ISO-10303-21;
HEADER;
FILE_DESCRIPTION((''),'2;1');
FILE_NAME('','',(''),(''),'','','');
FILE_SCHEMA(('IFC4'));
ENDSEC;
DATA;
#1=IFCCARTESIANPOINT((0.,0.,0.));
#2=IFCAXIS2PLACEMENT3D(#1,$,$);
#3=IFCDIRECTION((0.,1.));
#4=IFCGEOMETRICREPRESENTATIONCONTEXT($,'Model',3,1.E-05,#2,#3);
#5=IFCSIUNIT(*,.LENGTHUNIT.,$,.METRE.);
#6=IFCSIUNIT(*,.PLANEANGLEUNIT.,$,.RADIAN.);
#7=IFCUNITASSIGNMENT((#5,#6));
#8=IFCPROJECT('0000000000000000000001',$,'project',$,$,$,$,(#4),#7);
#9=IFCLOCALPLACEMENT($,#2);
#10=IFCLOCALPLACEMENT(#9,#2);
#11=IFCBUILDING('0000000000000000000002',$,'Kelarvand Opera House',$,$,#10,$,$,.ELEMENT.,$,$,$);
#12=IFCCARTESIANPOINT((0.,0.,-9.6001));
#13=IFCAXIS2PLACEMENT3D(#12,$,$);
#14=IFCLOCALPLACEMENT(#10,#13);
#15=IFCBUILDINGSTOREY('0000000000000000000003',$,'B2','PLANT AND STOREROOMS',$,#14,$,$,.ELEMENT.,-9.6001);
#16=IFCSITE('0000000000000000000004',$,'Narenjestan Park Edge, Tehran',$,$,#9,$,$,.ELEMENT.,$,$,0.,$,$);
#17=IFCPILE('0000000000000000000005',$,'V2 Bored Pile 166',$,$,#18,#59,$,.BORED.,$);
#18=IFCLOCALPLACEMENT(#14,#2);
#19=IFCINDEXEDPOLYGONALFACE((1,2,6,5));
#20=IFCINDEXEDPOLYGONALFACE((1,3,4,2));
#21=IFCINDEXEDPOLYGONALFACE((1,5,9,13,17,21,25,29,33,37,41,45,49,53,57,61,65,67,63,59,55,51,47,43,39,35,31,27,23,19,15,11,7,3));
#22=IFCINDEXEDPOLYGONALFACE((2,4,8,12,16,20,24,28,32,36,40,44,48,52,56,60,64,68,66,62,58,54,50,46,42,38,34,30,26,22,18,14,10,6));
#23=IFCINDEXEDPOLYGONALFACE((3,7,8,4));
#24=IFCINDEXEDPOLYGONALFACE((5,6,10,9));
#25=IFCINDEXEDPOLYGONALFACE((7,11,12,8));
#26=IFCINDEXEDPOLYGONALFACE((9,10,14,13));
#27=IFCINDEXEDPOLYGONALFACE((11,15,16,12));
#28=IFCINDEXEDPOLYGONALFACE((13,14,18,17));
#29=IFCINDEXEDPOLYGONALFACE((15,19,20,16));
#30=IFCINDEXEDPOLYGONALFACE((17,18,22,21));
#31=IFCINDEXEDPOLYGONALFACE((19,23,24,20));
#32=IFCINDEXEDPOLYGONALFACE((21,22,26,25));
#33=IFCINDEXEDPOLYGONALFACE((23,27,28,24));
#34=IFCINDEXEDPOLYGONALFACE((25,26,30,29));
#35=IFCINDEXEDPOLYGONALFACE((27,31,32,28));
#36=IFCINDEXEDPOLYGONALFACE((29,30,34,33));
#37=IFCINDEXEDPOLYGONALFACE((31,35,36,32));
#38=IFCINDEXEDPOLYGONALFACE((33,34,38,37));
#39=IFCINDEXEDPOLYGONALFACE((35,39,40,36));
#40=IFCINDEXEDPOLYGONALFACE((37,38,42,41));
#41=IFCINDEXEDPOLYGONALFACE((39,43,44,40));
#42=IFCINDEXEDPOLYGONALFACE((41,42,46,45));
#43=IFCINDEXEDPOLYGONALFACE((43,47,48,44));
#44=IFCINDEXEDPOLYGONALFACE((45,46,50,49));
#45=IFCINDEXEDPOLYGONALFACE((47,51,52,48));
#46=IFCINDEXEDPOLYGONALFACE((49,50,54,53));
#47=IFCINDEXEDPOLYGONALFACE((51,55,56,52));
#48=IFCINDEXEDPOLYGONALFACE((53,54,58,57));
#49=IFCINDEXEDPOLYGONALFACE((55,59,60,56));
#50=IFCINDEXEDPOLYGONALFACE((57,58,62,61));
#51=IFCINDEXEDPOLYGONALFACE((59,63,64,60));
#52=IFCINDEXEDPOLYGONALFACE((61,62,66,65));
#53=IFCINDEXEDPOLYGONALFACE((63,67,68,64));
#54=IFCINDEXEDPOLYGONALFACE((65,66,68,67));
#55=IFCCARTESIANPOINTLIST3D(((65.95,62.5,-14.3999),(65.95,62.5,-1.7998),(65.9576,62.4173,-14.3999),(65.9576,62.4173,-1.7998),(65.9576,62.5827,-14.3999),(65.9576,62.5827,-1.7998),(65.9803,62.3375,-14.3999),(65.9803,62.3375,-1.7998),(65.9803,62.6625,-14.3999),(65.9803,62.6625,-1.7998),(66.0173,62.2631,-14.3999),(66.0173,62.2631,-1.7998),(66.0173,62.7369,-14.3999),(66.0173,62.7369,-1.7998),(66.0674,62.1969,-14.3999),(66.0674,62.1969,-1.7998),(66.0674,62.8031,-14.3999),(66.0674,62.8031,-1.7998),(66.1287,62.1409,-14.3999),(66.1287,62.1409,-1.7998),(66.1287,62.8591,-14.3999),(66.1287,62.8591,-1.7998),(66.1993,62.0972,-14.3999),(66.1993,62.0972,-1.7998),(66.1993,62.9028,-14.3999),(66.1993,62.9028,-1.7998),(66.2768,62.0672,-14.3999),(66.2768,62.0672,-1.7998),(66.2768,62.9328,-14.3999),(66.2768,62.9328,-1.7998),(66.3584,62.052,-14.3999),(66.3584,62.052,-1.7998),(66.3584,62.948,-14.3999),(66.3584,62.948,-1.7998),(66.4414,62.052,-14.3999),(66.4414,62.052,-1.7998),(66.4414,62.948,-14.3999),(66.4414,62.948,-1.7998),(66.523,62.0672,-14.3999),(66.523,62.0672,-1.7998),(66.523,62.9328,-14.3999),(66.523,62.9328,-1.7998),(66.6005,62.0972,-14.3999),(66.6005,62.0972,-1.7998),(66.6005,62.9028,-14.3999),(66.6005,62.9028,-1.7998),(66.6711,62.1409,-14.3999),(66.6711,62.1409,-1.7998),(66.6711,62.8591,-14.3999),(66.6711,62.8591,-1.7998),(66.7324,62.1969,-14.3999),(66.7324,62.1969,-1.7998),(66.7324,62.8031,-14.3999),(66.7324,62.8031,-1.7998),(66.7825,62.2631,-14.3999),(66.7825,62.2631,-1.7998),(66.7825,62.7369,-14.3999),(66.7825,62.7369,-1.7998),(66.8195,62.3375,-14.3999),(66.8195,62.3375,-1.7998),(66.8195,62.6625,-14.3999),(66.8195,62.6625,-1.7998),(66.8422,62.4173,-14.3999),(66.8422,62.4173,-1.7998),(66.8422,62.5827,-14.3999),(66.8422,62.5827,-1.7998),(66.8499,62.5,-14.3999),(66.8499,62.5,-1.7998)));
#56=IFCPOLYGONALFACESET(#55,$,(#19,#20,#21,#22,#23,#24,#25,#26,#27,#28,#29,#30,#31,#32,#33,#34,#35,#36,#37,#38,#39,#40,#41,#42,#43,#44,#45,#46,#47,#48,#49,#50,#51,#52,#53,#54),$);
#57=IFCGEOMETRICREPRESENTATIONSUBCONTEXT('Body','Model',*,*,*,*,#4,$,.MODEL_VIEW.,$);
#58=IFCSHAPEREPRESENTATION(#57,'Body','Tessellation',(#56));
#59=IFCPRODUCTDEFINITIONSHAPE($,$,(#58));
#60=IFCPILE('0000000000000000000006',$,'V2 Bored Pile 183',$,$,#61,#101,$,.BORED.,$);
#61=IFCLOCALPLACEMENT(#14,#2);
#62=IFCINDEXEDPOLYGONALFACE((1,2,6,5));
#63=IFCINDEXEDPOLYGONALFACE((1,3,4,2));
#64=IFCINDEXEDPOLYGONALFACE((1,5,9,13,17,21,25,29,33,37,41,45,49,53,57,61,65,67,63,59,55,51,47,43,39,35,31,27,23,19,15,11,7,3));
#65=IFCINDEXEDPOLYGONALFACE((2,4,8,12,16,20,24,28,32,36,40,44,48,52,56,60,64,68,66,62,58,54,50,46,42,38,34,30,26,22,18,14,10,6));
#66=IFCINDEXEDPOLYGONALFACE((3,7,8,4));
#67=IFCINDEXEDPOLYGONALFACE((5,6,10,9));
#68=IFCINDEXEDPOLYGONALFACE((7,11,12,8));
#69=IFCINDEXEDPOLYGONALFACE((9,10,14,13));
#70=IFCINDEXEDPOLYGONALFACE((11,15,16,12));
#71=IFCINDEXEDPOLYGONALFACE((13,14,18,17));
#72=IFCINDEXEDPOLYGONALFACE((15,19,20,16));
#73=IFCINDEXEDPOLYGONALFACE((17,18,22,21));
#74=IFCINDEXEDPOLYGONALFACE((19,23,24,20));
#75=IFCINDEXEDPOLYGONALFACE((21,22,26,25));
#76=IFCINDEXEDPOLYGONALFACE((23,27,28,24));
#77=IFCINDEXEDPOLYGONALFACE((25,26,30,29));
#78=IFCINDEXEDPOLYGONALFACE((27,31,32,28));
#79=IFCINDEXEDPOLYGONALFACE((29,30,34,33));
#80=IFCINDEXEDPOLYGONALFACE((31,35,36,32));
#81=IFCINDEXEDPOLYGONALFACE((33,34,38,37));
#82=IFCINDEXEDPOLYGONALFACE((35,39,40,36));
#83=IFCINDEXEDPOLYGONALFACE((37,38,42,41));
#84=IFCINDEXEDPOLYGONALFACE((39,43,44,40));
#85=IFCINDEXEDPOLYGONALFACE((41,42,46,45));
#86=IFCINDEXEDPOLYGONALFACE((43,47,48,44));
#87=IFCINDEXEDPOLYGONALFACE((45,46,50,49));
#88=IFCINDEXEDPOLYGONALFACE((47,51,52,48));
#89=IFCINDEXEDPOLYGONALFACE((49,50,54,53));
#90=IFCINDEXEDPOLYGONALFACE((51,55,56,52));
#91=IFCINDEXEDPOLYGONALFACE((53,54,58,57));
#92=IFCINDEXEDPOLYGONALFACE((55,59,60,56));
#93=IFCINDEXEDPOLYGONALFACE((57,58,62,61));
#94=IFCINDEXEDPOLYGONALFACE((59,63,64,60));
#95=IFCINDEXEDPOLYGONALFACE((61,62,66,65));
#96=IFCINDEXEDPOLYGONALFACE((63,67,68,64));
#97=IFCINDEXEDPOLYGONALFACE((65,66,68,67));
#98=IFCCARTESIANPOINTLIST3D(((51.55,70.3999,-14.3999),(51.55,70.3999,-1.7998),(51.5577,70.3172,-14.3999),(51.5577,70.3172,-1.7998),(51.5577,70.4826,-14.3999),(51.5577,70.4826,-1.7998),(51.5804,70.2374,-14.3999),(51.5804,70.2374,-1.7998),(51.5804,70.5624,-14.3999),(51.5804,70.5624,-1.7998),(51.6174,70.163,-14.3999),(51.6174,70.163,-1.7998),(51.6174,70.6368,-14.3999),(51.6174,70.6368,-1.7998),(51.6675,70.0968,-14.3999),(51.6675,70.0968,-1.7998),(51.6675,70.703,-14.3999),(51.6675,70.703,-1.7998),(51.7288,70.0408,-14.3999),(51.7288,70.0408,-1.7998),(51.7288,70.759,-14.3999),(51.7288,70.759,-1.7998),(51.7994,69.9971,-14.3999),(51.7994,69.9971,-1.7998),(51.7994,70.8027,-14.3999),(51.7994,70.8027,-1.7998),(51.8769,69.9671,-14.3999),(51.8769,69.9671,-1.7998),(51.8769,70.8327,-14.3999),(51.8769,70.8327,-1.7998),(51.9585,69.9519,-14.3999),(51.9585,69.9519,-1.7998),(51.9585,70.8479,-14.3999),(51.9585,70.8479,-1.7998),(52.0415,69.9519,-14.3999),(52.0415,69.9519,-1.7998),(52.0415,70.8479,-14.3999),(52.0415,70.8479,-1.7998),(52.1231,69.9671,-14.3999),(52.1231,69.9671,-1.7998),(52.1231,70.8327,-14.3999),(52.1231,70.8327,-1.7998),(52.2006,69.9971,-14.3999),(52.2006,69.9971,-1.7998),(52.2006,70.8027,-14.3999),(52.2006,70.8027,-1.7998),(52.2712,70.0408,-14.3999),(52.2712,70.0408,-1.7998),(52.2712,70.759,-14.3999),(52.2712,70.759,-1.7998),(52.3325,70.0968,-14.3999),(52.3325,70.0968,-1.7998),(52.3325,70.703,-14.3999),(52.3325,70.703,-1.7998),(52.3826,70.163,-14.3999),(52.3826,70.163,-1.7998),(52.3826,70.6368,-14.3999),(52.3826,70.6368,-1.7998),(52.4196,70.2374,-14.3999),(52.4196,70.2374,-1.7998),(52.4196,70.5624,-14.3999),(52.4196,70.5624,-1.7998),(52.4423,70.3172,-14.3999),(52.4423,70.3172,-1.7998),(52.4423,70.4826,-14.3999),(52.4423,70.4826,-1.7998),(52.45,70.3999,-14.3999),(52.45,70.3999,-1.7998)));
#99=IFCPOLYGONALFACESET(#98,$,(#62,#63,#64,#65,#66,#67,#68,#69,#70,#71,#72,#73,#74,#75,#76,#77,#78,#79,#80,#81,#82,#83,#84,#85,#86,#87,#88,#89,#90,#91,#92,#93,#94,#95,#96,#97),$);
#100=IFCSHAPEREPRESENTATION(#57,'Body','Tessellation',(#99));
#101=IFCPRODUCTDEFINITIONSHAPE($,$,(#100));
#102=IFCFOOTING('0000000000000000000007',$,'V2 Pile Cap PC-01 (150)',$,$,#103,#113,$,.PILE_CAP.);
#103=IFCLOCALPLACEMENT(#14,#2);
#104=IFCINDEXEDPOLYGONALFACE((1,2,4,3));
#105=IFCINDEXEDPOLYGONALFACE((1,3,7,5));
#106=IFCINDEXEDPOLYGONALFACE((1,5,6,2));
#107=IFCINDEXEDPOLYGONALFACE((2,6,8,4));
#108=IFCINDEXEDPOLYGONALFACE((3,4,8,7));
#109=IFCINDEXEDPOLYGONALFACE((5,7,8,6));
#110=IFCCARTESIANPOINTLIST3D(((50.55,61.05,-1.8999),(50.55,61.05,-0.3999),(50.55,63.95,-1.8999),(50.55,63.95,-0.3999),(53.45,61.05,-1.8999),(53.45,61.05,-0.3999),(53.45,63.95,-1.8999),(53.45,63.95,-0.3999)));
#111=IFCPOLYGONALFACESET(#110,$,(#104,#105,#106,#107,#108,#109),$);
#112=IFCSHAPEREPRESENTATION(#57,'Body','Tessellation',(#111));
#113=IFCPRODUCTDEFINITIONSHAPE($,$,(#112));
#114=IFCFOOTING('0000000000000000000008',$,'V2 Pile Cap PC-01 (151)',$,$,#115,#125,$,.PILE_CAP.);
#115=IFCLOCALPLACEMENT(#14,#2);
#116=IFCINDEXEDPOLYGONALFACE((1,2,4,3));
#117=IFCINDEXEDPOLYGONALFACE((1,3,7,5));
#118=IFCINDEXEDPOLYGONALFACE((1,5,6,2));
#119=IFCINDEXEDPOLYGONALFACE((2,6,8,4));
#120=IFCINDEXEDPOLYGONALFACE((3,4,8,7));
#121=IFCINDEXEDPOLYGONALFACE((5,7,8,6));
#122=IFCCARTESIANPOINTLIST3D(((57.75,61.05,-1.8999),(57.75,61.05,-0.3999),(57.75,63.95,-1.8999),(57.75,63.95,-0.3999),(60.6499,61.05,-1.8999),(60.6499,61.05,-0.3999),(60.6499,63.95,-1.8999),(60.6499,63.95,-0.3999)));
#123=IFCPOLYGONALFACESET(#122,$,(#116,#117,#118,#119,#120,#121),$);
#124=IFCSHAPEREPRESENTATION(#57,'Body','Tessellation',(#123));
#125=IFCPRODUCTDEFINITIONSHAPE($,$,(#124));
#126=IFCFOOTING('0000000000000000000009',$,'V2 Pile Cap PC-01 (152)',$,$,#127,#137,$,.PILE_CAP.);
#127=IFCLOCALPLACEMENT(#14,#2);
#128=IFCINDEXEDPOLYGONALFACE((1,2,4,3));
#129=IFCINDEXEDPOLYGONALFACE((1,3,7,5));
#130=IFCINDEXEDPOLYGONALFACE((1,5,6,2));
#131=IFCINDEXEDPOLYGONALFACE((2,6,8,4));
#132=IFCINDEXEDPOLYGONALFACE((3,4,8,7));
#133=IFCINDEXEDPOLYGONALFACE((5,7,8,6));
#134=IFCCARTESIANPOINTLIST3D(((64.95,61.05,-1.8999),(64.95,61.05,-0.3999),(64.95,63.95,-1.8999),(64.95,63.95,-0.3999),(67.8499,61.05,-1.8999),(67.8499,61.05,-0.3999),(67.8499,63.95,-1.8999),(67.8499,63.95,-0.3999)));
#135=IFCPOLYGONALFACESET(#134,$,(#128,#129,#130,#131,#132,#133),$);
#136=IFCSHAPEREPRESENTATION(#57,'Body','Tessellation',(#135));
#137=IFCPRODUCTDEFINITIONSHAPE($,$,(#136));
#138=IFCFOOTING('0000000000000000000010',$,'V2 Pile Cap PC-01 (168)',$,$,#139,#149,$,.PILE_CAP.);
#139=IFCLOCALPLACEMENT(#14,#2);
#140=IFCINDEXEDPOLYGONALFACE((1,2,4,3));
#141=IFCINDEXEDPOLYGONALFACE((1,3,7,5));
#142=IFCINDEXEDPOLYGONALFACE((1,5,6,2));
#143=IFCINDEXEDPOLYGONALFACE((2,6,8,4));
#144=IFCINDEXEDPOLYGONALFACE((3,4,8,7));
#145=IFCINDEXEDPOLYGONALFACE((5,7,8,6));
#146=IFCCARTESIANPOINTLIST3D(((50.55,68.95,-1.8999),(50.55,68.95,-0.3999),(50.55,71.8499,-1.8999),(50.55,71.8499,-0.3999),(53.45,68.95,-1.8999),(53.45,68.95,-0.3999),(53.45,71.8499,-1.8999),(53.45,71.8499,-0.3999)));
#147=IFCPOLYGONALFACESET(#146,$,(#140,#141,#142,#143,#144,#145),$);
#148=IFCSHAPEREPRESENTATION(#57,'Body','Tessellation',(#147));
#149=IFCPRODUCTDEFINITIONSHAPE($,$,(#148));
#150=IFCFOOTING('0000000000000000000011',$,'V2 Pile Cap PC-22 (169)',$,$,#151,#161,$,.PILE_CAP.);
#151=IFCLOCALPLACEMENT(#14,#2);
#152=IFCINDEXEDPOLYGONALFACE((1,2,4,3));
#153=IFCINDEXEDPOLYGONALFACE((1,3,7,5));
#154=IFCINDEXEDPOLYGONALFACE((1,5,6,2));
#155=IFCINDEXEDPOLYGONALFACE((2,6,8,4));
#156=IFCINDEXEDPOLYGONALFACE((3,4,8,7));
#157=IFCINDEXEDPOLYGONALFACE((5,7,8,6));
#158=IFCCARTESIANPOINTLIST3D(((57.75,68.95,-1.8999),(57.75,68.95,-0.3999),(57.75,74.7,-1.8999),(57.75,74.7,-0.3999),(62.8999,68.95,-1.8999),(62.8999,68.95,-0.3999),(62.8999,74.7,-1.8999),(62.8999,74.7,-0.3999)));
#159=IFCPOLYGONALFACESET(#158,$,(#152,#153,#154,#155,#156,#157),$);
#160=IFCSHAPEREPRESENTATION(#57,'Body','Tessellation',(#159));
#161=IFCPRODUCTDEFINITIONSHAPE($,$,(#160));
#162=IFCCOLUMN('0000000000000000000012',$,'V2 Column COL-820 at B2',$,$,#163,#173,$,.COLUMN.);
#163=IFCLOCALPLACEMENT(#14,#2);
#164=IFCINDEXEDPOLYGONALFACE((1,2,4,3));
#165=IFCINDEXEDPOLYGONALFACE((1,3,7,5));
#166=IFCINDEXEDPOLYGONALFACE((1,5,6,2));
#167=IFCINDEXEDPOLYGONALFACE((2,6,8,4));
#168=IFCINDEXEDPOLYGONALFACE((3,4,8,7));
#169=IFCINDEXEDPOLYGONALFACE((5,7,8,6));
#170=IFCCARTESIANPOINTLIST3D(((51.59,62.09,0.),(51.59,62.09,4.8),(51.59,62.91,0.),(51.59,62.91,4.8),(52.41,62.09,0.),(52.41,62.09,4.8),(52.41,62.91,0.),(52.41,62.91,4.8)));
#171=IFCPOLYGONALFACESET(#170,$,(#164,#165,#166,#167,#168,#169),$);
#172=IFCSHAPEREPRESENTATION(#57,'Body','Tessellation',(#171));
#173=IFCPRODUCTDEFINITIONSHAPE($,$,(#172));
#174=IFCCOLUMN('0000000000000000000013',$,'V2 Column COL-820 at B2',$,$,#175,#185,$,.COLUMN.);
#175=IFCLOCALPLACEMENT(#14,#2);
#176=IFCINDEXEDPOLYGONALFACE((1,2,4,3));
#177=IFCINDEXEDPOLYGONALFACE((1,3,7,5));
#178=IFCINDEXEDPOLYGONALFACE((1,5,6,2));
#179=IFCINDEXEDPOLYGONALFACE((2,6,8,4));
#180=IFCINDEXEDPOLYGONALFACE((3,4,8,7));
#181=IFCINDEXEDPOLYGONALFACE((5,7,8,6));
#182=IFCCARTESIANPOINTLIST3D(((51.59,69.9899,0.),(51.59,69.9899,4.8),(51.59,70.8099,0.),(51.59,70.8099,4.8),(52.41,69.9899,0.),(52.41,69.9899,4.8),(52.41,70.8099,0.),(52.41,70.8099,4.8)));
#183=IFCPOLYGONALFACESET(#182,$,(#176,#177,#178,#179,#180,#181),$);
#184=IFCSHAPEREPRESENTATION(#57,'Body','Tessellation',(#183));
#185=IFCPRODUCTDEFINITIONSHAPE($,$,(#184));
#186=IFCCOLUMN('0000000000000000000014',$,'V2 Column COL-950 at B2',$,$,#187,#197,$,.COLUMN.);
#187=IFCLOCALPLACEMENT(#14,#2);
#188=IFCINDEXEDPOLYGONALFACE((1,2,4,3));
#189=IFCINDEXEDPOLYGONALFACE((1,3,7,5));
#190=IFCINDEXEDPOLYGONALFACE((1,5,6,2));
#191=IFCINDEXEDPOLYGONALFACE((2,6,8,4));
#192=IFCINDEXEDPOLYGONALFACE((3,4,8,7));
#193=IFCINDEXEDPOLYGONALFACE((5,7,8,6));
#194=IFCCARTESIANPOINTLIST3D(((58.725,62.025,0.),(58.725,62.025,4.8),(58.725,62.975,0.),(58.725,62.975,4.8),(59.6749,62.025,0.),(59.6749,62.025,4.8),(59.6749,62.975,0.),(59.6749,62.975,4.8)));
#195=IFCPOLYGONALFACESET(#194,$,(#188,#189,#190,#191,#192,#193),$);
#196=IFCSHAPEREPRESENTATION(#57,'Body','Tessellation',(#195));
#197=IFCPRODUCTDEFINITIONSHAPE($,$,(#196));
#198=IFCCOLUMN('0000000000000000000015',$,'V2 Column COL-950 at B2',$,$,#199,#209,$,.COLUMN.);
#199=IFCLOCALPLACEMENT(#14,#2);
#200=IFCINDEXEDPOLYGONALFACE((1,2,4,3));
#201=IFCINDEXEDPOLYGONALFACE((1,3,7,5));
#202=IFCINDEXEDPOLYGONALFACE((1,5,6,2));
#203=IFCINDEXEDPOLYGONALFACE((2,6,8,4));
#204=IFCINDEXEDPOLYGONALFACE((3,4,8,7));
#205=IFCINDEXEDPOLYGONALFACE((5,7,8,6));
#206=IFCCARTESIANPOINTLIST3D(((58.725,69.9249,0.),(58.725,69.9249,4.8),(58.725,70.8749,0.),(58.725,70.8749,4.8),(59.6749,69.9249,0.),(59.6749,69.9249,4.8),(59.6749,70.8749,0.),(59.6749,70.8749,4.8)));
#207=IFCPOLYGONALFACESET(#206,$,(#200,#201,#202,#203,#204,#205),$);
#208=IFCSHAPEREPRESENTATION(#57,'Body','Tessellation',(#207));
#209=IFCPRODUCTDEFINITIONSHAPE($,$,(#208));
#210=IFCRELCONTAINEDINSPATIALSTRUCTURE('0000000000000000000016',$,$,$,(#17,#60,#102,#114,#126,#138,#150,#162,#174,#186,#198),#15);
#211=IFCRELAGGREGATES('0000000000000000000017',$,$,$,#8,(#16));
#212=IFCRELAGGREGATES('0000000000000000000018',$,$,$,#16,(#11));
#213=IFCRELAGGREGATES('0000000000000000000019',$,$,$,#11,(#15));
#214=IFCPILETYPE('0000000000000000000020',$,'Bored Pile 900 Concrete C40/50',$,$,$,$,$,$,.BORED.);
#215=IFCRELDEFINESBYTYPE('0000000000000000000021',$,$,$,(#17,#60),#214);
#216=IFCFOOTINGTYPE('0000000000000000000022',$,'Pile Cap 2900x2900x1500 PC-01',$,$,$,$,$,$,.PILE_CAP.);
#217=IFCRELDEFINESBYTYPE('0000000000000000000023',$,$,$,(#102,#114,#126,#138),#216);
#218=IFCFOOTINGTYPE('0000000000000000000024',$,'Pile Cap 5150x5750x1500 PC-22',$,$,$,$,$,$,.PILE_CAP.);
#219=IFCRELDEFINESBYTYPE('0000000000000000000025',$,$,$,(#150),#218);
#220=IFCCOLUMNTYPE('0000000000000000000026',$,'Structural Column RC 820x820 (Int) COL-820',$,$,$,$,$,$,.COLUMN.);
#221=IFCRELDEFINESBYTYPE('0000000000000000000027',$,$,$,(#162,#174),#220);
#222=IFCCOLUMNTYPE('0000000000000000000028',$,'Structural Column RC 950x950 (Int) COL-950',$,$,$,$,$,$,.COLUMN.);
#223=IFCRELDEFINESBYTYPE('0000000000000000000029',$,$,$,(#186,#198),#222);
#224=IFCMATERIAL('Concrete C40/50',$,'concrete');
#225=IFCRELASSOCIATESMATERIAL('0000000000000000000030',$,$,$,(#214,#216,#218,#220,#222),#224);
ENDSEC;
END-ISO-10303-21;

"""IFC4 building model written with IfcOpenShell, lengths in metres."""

from ifc_helpers import new_model, si_unit, direction, frame, origin, origin_2d, place, context, subcontext, project, spatial, rectangle, circle, extrude, material, material_profile, profile_set, type_object, element, save


model = new_model("IFC4")

# Units and contexts
model_context = context("Model", 3, precision=1e-05, world=origin(), true_north=direction((0.0, 1.0)))
body_context = subcontext(model_context, "Body", "Model", "MODEL_VIEW")
ifc_project = project(units=[si_unit("LENGTHUNIT", "METRE"), si_unit("PLANEANGLEUNIT", "RADIAN")], contexts=[model_context])

# Site, building, storey
site_placement = place(None, origin())
site = spatial("IfcSite", under=ifc_project, at=site_placement, Name="Narenjestan Park Edge, Tehran", CompositionType="ELEMENT", RefElevation=0.0)
building_placement = place(site_placement, origin())
building = spatial("IfcBuilding", under=site, at=building_placement, Name="Kelarvand Opera House", CompositionType="ELEMENT")
storey_placement = place(building_placement, frame((0.0, 0.0, -9.6001)))
storey = spatial("IfcBuildingStorey", under=building, at=storey_placement, Name="B2", Description="PLANT AND STOREROOMS", CompositionType="ELEMENT", Elevation=-9.6001)

# Piles
ifc_material_1 = material(Name="Concrete C40/50", Category="concrete")
ifc_material_profile_1 = material_profile(ifc_material_1, circle(Radius=0.45, at=origin_2d()), Name="BP 900", Category="concrete")
ifc_profile_set_1 = profile_set([ifc_material_profile_1], Name="Concrete C40/50")
pile_type_1 = type_object("IfcPileType", Name="Bored Pile 900 Concrete C40/50", PredefinedType="BORED", material=ifc_profile_set_1)
for number, where, z_axis, x_axis, name in (
    (1, (66.3999, 62.5, -1.7998), (0.0, 0.0, -1.0), (1.0, 0.0, 0.0), "V2 Bored Pile 166"),
    (2, (52.0, 70.3999, -1.7998), (0.0, 0.0, -1.0), (1.0, 0.0, 0.0), "V2 Bored Pile 183"),
):
    element("IfcPile", number, at=place(storey_placement, frame(where, z_axis=z_axis, x_axis=x_axis)), inside=storey, type_object=pile_type_1, Name=name, PredefinedType="BORED", context=body_context, shape_type="SweptSolid", body=[
        extrude(circle(Radius=0.45, at=origin_2d()), origin(), (0.0, 0.0, 1.0), 12.6001),
    ])

# Footings
footing_type_1 = type_object("IfcFootingType", Name="Pile Cap 2900x2900x1500 PC-01", PredefinedType="PILE_CAP", material=ifc_material_1)
for number, where, z_axis, x_axis, name in (
    (3, (52.0, 62.5, -1.8999), (0.0, 0.0, 1.0), (1.0, 0.0, 0.0), "V2 Pile Cap PC-01 (150)"),
    (4, (59.2, 62.5, -1.8999), (0.0, 0.0, 1.0), (1.0, 0.0, 0.0), "V2 Pile Cap PC-01 (151)"),
    (5, (66.3999, 62.5, -1.8999), (0.0, 0.0, 1.0), (1.0, 0.0, 0.0), "V2 Pile Cap PC-01 (152)"),
    (6, (52.0, 70.3999, -1.8999), (0.0, 0.0, 1.0), (1.0, 0.0, 0.0), "V2 Pile Cap PC-01 (168)"),
):
    element("IfcFooting", number, at=place(storey_placement, frame(where, z_axis=z_axis, x_axis=x_axis)), inside=storey, type_object=footing_type_1, Name=name, PredefinedType="PILE_CAP", context=body_context, shape_type="SweptSolid", body=[
        extrude(rectangle(XDim=2.8999, YDim=2.8999, at=origin_2d()), origin(), (0.0, 0.0, 1.0), 1.5),
    ])
footing_type_2 = type_object("IfcFootingType", Name="Pile Cap 5150x5750x1500 PC-22", PredefinedType="PILE_CAP", material=ifc_material_1)
footing_placement = place(storey_placement, frame((60.325, 71.825, -1.8999), z_axis=(0.0, 0.0, 1.0), x_axis=(1.0, 0.0, 0.0)))
element("IfcFooting", 7, at=footing_placement, inside=storey, type_object=footing_type_2, Name="V2 Pile Cap PC-22 (169)", PredefinedType="PILE_CAP", context=body_context, shape_type="SweptSolid", body=[
    extrude(rectangle(XDim=5.1499, YDim=5.75, at=origin_2d()), origin(), (0.0, 0.0, 1.0), 1.5),
])

# Columns
ifc_material_profile_2 = material_profile(ifc_material_1, rectangle(XDim=0.8201, YDim=0.8201, at=origin_2d()), Name="RC 820x820", Category="concrete")
ifc_profile_set_2 = profile_set([ifc_material_profile_2], Name="Concrete C40/50")
column_type_1 = type_object("IfcColumnType", Name="Structural Column RC 820x820 (Int) COL-820", PredefinedType="COLUMN", material=ifc_profile_set_2)
for number, where, z_axis, x_axis, name in (
    (8, (52.0, 62.5, 0.0), (0.0, 0.0, 1.0), (1.0, 0.0, 0.0), "V2 Column COL-820 at B2"),
    (9, (52.0, 70.3999, 0.0), (0.0, 0.0, 1.0), (1.0, 0.0, 0.0), "V2 Column COL-820 at B2"),
):
    element("IfcColumn", number, at=place(storey_placement, frame(where, z_axis=z_axis, x_axis=x_axis)), inside=storey, type_object=column_type_1, Name=name, PredefinedType="COLUMN", context=body_context, shape_type="SweptSolid", body=[
        extrude(rectangle(XDim=0.8201, YDim=0.8201, at=origin_2d()), origin(), (0.0, 0.0, 1.0), 4.8),
    ])
ifc_material_profile_3 = material_profile(ifc_material_1, rectangle(XDim=0.95, YDim=0.95, at=origin_2d()), Name="RC 950x950", Category="concrete")
ifc_profile_set_3 = profile_set([ifc_material_profile_3], Name="Concrete C40/50")
column_type_2 = type_object("IfcColumnType", Name="Structural Column RC 950x950 (Int) COL-950", PredefinedType="COLUMN", material=ifc_profile_set_3)
for number, where, z_axis, x_axis, name in (
    (10, (59.2, 62.5, 0.0), (0.0, 0.0, 1.0), (1.0, 0.0, 0.0), "V2 Column COL-950 at B2"),
    (11, (59.2, 70.3999, 0.0), (0.0, 0.0, 1.0), (1.0, 0.0, 0.0), "V2 Column COL-950 at B2"),
):
    element("IfcColumn", number, at=place(storey_placement, frame(where, z_axis=z_axis, x_axis=x_axis)), inside=storey, type_object=column_type_2, Name=name, PredefinedType="COLUMN", context=body_context, shape_type="SweptSolid", body=[
        extrude(rectangle(XDim=0.95, YDim=0.95, at=origin_2d()), origin(), (0.0, 0.0, 1.0), 4.8),
    ])

save(model, "model.ifc")
